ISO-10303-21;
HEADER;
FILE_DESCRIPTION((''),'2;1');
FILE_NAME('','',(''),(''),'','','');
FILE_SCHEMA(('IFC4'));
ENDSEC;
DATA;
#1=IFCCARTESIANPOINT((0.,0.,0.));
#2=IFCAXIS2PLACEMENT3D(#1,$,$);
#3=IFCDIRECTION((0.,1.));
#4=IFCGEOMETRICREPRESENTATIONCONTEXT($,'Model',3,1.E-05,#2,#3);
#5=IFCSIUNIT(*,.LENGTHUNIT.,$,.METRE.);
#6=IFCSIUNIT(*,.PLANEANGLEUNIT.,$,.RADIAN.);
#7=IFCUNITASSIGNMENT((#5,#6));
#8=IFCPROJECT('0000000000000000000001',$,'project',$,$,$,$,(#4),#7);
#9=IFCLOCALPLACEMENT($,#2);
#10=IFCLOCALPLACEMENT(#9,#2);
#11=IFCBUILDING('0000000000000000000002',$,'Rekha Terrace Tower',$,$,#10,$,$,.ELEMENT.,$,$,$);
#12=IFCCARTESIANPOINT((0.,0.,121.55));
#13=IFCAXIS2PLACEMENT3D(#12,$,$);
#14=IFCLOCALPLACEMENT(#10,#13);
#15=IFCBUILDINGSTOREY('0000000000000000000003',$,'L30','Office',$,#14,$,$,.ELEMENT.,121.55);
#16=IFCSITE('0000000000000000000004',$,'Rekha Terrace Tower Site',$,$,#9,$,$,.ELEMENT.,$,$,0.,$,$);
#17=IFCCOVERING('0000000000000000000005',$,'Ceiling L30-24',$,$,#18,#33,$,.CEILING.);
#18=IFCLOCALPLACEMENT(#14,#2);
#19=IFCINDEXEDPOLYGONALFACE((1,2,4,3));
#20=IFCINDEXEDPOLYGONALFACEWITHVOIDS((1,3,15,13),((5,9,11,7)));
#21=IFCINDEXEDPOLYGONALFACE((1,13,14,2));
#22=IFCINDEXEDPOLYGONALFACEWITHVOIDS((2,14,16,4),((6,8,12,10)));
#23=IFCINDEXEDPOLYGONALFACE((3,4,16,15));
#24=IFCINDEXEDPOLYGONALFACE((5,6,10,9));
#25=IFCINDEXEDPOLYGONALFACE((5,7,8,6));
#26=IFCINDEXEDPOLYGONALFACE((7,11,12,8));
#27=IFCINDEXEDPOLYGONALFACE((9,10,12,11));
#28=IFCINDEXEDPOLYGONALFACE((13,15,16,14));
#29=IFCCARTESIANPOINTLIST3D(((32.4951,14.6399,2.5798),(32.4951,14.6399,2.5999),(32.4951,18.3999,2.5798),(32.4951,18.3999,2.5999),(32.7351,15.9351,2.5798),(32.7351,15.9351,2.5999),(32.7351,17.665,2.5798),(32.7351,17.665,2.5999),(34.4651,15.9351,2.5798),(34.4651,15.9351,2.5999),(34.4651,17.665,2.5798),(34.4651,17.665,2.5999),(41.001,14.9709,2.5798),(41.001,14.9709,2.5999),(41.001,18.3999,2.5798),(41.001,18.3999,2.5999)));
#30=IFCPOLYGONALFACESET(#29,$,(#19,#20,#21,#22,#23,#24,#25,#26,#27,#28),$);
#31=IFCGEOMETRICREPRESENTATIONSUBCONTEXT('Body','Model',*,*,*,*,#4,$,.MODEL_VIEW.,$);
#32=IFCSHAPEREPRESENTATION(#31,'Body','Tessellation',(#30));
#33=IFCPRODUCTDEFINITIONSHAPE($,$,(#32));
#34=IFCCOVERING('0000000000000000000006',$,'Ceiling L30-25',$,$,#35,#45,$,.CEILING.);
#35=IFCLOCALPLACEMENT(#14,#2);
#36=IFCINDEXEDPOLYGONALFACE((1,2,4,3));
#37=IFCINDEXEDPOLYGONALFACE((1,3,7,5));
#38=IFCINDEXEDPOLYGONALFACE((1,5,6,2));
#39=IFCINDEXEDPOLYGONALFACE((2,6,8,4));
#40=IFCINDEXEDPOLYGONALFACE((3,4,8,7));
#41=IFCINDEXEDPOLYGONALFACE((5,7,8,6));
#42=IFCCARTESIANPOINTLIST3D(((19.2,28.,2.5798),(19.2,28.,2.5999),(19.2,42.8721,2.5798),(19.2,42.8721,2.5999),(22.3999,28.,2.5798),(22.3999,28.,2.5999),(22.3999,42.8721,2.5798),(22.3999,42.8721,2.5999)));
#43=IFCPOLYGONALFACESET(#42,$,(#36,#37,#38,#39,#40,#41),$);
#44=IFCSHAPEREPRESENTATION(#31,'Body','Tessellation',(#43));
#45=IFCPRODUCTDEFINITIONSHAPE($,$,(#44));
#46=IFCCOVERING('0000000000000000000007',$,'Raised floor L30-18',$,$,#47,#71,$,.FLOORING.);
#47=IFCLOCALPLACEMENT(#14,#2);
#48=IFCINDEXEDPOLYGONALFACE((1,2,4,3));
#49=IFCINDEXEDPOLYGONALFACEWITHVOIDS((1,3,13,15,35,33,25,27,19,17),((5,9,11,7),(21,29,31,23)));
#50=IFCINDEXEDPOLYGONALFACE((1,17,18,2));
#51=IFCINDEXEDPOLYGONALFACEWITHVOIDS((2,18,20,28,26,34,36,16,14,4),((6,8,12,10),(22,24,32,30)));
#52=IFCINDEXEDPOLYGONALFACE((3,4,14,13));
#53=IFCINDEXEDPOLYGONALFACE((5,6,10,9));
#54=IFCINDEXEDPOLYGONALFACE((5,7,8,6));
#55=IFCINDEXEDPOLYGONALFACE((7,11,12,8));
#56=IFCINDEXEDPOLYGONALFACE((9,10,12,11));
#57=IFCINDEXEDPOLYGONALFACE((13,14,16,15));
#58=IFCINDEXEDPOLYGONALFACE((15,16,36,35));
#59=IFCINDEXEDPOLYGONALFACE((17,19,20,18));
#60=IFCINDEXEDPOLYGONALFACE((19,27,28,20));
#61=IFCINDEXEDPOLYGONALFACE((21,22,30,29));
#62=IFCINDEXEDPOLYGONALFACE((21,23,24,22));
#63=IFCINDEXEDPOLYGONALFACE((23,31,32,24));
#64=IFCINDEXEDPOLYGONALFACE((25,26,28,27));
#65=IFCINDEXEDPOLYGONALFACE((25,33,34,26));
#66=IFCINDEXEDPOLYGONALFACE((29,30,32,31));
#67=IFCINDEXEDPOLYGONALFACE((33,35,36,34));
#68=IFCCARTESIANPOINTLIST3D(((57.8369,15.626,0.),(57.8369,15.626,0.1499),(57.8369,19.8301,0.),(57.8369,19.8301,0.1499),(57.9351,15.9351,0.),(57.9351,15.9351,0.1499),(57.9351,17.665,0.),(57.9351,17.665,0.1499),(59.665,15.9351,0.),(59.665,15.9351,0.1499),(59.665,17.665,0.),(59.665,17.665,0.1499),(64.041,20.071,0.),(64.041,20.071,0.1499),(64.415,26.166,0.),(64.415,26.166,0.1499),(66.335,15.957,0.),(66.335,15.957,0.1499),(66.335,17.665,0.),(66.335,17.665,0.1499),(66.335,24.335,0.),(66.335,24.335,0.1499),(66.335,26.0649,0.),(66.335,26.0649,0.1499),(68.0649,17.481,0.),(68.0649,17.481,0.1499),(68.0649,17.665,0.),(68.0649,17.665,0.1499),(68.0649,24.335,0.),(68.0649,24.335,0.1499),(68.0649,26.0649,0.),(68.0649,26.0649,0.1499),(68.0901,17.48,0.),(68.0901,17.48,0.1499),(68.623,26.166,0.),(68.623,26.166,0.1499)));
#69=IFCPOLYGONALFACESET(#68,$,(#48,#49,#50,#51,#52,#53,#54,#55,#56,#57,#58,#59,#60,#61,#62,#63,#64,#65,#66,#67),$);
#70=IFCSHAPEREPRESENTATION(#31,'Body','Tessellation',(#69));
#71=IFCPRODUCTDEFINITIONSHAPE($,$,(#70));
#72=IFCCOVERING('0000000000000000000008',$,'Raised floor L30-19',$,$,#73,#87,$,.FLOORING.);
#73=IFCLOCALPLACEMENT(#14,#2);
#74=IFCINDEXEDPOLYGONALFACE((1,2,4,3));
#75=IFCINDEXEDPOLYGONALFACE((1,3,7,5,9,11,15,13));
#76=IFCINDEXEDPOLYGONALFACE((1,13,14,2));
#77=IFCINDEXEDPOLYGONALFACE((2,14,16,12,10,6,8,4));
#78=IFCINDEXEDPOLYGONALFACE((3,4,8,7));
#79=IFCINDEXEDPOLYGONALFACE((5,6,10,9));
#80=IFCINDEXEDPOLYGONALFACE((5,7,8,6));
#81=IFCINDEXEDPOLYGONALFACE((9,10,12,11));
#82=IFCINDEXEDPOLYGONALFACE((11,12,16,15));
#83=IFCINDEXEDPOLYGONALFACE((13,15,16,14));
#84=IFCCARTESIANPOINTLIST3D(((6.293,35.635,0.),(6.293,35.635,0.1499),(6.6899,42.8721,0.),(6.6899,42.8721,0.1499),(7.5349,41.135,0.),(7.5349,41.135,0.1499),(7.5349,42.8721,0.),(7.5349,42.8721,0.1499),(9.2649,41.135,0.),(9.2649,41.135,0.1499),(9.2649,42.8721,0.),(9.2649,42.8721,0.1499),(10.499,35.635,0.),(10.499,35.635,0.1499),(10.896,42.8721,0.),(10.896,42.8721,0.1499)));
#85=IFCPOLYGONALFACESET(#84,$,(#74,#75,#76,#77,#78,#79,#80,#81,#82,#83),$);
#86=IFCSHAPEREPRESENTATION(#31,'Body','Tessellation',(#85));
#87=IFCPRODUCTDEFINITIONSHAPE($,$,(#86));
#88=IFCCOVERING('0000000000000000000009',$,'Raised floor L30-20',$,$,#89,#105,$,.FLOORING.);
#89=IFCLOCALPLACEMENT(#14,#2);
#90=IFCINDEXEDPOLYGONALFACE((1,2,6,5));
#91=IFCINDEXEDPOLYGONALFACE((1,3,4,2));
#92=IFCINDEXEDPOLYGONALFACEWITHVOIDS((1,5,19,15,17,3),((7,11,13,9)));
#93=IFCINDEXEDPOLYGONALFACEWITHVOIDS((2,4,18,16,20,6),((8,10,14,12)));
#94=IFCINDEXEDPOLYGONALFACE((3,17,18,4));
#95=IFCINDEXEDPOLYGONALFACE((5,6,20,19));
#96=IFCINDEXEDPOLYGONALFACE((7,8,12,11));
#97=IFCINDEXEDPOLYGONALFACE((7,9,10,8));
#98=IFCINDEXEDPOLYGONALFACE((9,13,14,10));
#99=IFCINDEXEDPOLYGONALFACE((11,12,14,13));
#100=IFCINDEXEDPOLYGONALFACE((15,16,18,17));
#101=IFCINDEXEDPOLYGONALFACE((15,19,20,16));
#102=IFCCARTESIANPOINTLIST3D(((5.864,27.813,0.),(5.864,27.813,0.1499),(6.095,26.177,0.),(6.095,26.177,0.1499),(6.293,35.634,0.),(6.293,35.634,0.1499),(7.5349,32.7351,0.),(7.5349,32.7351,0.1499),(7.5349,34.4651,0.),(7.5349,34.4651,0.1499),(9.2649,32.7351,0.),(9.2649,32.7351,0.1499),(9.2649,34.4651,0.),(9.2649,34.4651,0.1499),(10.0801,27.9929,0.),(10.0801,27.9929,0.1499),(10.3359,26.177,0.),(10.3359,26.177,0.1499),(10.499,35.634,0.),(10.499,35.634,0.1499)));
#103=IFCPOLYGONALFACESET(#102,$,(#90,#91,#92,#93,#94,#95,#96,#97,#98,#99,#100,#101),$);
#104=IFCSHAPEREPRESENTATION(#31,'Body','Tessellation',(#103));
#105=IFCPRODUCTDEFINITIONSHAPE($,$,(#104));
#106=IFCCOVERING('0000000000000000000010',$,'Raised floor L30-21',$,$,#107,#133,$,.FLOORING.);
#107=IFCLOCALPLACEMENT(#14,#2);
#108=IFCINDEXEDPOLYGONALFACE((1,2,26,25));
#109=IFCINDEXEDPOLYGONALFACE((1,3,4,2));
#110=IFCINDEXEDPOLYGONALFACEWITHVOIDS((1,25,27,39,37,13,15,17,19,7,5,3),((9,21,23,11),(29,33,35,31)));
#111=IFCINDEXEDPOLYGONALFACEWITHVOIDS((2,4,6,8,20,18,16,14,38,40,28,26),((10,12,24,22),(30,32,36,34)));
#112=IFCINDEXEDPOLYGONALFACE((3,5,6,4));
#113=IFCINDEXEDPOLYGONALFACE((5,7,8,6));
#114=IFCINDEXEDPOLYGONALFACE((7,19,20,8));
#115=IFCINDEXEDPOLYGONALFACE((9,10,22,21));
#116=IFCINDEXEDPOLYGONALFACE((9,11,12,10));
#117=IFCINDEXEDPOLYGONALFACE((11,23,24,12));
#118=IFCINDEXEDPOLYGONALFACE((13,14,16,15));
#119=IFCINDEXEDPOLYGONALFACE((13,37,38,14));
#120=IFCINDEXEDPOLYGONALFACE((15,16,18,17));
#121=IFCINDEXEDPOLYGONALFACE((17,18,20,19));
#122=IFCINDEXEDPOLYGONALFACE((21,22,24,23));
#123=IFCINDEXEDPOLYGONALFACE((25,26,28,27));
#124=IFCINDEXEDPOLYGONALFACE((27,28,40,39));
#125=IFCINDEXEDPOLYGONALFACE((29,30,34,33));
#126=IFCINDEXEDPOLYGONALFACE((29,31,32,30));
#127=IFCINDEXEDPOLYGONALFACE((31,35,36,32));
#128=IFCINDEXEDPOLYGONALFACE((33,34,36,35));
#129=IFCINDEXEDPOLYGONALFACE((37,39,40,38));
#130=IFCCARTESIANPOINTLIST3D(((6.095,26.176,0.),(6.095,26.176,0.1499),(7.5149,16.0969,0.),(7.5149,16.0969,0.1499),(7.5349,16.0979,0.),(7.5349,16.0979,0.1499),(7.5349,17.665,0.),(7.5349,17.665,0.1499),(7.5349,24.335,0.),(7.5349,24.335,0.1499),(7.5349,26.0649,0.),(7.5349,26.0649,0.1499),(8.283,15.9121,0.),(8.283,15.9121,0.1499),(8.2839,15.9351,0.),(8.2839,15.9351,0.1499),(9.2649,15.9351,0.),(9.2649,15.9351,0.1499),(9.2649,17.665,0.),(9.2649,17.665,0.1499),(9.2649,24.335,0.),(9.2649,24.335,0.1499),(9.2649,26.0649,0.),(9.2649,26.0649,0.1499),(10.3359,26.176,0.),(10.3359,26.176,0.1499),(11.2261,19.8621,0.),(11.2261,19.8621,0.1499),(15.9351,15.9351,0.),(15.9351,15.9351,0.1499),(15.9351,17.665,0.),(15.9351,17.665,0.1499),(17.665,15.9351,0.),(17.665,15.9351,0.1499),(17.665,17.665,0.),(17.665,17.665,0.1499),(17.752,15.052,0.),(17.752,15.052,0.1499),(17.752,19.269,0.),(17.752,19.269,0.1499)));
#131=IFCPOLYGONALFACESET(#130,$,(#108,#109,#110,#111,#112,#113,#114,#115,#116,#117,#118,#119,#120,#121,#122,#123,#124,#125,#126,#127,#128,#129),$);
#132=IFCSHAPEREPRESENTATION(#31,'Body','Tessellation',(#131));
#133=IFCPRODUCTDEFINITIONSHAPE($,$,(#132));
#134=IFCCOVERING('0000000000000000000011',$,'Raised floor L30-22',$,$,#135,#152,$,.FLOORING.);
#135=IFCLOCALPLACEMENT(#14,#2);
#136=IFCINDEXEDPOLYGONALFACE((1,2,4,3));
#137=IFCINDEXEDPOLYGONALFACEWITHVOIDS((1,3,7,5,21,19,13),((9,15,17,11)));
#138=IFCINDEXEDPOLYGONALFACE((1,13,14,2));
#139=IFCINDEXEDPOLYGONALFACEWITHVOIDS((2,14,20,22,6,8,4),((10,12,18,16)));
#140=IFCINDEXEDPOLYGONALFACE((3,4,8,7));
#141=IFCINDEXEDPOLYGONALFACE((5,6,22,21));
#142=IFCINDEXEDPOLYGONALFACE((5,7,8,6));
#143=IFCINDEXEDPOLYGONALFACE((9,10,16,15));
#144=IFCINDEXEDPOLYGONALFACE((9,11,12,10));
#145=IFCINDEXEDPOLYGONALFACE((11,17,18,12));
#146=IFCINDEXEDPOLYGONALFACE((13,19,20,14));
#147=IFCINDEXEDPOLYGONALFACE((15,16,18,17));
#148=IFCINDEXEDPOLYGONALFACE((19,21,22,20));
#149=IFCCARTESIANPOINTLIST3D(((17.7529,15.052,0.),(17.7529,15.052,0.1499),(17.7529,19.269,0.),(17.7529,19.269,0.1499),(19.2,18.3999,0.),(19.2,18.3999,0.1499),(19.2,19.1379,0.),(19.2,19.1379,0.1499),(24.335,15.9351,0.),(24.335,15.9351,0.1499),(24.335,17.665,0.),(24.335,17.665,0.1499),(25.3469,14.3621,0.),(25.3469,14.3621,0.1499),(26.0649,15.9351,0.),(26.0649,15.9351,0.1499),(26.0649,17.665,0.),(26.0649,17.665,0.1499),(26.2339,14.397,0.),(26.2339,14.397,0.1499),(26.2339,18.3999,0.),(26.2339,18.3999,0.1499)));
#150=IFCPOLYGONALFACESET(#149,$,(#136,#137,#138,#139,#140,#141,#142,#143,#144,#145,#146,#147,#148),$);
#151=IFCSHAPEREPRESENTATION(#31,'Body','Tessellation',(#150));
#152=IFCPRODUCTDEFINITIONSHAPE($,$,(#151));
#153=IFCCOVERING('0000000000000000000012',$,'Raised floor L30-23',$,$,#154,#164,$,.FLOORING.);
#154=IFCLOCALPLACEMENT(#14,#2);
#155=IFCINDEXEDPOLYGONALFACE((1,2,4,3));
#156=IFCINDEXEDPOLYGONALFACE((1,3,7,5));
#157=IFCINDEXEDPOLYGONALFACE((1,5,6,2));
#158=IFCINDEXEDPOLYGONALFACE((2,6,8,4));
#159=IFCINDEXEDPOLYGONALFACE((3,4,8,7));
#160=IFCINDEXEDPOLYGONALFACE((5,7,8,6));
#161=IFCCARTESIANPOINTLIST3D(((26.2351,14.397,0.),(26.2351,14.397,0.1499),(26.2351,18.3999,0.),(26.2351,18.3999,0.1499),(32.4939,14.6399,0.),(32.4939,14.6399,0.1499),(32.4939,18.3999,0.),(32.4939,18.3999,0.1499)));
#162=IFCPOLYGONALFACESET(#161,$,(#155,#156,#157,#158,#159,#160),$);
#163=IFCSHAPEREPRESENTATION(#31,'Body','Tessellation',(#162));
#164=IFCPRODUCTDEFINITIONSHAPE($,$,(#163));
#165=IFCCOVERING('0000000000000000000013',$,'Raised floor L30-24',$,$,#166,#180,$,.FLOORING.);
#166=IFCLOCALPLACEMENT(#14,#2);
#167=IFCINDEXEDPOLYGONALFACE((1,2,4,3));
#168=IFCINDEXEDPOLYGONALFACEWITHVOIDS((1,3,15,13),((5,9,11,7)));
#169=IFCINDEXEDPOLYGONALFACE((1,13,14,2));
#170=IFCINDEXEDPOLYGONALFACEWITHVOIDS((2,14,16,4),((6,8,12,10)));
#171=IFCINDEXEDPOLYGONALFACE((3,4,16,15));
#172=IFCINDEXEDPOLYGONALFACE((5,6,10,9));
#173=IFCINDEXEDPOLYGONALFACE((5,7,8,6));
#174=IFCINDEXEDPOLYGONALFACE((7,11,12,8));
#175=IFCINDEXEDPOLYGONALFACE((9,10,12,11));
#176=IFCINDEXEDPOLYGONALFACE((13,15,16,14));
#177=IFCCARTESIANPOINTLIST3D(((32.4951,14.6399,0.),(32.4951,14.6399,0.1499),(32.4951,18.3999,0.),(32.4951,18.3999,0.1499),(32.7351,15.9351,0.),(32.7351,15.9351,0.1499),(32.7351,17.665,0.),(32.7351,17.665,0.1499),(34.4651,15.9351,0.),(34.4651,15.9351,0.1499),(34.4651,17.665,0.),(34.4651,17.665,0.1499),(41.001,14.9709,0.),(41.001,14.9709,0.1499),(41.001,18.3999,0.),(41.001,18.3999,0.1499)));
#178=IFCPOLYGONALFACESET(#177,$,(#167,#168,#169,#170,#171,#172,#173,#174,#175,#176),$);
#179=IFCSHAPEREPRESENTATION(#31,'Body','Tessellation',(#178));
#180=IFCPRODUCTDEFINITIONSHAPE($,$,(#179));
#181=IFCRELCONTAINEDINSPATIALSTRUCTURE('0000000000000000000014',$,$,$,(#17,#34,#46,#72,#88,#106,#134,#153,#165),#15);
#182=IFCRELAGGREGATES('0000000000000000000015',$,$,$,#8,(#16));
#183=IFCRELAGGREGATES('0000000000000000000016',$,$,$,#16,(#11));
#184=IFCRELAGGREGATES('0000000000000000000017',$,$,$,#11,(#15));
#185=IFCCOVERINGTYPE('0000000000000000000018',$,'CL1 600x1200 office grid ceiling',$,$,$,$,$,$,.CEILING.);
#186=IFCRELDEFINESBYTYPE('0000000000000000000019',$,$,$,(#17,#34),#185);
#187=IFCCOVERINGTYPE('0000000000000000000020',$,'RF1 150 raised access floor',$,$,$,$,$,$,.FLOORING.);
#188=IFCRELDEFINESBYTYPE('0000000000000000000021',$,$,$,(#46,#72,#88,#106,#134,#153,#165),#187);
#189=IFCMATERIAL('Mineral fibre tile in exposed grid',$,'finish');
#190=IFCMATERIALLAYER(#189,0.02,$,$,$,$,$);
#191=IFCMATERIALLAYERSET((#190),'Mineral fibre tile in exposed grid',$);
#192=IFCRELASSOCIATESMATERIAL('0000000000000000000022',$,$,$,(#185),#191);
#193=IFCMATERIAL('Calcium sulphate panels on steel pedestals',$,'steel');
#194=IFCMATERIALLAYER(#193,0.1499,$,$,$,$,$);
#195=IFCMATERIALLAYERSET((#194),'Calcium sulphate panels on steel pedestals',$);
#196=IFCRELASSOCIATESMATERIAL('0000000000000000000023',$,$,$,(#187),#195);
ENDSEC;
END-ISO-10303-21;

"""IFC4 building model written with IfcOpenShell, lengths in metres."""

from ifc_helpers import new_model, si_unit, direction, frame, origin, place, context, subcontext, project, spatial, polyline, outline, extrude, material, layer, layer_set, type_object, element, save


model = new_model("IFC4")

# Units and contexts
model_context = context("Model", 3, precision=1e-05, world=origin(), true_north=direction((0.0, 1.0)))
body_context = subcontext(model_context, "Body", "Model", "MODEL_VIEW")
ifc_project = project(units=[si_unit("LENGTHUNIT", "METRE"), si_unit("PLANEANGLEUNIT", "RADIAN")], contexts=[model_context])

# Site, building, storey
site_placement = place(None, origin())
site = spatial("IfcSite", under=ifc_project, at=site_placement, Name="Rekha Terrace Tower Site", CompositionType="ELEMENT", RefElevation=0.0)
building_placement = place(site_placement, origin())
building = spatial("IfcBuilding", under=site, at=building_placement, Name="Rekha Terrace Tower", CompositionType="ELEMENT")
storey_placement = place(building_placement, frame((0.0, 0.0, 121.55)))
storey = spatial("IfcBuildingStorey", under=building, at=storey_placement, Name="L30", Description="Office", CompositionType="ELEMENT", Elevation=121.55)

# Coverings
ifc_material_1 = material(Name="Mineral fibre tile in exposed grid", Category="finish")
ifc_layer_1 = layer(ifc_material_1, 0.02)
ifc_layer_set_1 = layer_set([ifc_layer_1], Name="Mineral fibre tile in exposed grid")
covering_type_1 = type_object("IfcCoveringType", Name="CL1 600x1200 office grid ceiling", PredefinedType="CEILING", material=ifc_layer_set_1)
covering_1_placement = place(storey_placement, frame((0.0, 0.0, 2.5798)))
element("IfcCovering", 1, at=covering_1_placement, inside=storey, type_object=covering_type_1, Name="Ceiling L30-24", PredefinedType="CEILING", context=body_context, shape_type="SweptSolid", body=[
    extrude(outline(polyline([(32.4951, 18.3999), (32.4951, 14.6399), (41.001, 14.9709), (41.001, 18.3999), (32.4951, 18.3999)]), holes=[polyline([(34.4651, 15.9351), (32.7351, 15.9351), (32.7351, 17.665), (34.4651, 17.665), (34.4651, 15.9351)])]), origin(), (0.0, 0.0, 1.0), 0.02),
])
covering_2_placement = place(storey_placement, frame((0.0, 0.0, 2.5798)))
element("IfcCovering", 2, at=covering_2_placement, inside=storey, type_object=covering_type_1, Name="Ceiling L30-25", PredefinedType="CEILING", context=body_context, shape_type="SweptSolid", body=[
    extrude(outline(polyline([(19.2, 42.8721), (19.2, 28.0), (22.3999, 28.0), (22.3999, 42.8721), (19.2, 42.8721)])), origin(), (0.0, 0.0, 1.0), 0.02),
])
ifc_material_2 = material(Name="Calcium sulphate panels on steel pedestals", Category="steel")
ifc_layer_2 = layer(ifc_material_2, 0.1499)
ifc_layer_set_2 = layer_set([ifc_layer_2], Name="Calcium sulphate panels on steel pedestals")
covering_type_2 = type_object("IfcCoveringType", Name="RF1 150 raised access floor", PredefinedType="FLOORING", material=ifc_layer_set_2)
covering_3_placement = place(storey_placement, origin())
element("IfcCovering", 3, at=covering_3_placement, inside=storey, type_object=covering_type_2, Name="Raised floor L30-18", PredefinedType="FLOORING", context=body_context, shape_type="SweptSolid", body=[
    extrude(outline(polyline([(68.0901, 17.48), (68.623, 26.166), (64.415, 26.166), (64.041, 20.071), (57.8369, 19.8301), (57.8369, 15.626), (66.335, 15.957), (66.335, 17.665), (68.0649, 17.665), (68.0649, 17.481), (68.0901, 17.48)]), holes=[polyline([(68.0649, 24.335), (66.335, 24.335), (66.335, 26.0649), (68.0649, 26.0649), (68.0649, 24.335)]), polyline([(59.665, 15.9351), (57.9351, 15.9351), (57.9351, 17.665), (59.665, 17.665), (59.665, 15.9351)])]), origin(), (0.0, 0.0, 1.0), 0.1499),
])
covering_4_placement = place(storey_placement, origin())
element("IfcCovering", 4, at=covering_4_placement, inside=storey, type_object=covering_type_2, Name="Raised floor L30-19", PredefinedType="FLOORING", context=body_context, shape_type="SweptSolid", body=[
    extrude(outline(polyline([(9.2649, 41.135), (7.5349, 41.135), (7.5349, 42.8721), (6.6899, 42.8721), (6.293, 35.635), (10.499, 35.635), (10.896, 42.8721), (9.2649, 42.8721), (9.2649, 41.135)])), origin(), (0.0, 0.0, 1.0), 0.1499),
])
covering_5_placement = place(storey_placement, origin())
element("IfcCovering", 5, at=covering_5_placement, inside=storey, type_object=covering_type_2, Name="Raised floor L30-20", PredefinedType="FLOORING", context=body_context, shape_type="SweptSolid", body=[
    extrude(outline(polyline([(10.0801, 27.9929), (10.499, 35.634), (6.293, 35.634), (5.864, 27.813), (6.095, 26.177), (10.3359, 26.177), (10.0801, 27.9929)]), holes=[polyline([(9.2649, 32.7351), (7.5349, 32.7351), (7.5349, 34.4651), (9.2649, 34.4651), (9.2649, 32.7351)])]), origin(), (0.0, 0.0, 1.0), 0.1499),
])
covering_6_placement = place(storey_placement, origin())
element("IfcCovering", 6, at=covering_6_placement, inside=storey, type_object=covering_type_2, Name="Raised floor L30-21", PredefinedType="FLOORING", context=body_context, shape_type="SweptSolid", body=[
    extrude(outline(polyline([(7.5149, 16.0969), (7.5349, 16.0979), (7.5349, 17.665), (9.2649, 17.665), (9.2649, 15.9351), (8.2839, 15.9351), (8.283, 15.9121), (17.752, 15.052), (17.752, 19.269), (11.2261, 19.8621), (10.3359, 26.176), (6.095, 26.176), (7.5149, 16.0969)]), holes=[polyline([(17.665, 15.9351), (15.9351, 15.9351), (15.9351, 17.665), (17.665, 17.665), (17.665, 15.9351)]), polyline([(9.2649, 24.335), (7.5349, 24.335), (7.5349, 26.0649), (9.2649, 26.0649), (9.2649, 24.335)])]), origin(), (0.0, 0.0, 1.0), 0.1499),
])
covering_7_placement = place(storey_placement, origin())
element("IfcCovering", 7, at=covering_7_placement, inside=storey, type_object=covering_type_2, Name="Raised floor L30-22", PredefinedType="FLOORING", context=body_context, shape_type="SweptSolid", body=[
    extrude(outline(polyline([(19.2, 18.3999), (19.2, 19.1379), (17.7529, 19.269), (17.7529, 15.052), (25.3469, 14.3621), (26.2339, 14.397), (26.2339, 18.3999), (19.2, 18.3999)]), holes=[polyline([(26.0649, 17.665), (26.0649, 15.9351), (24.335, 15.9351), (24.335, 17.665), (26.0649, 17.665)])]), origin(), (0.0, 0.0, 1.0), 0.1499),
])
covering_8_placement = place(storey_placement, origin())
element("IfcCovering", 8, at=covering_8_placement, inside=storey, type_object=covering_type_2, Name="Raised floor L30-23", PredefinedType="FLOORING", context=body_context, shape_type="SweptSolid", body=[
    extrude(outline(polyline([(26.2351, 18.3999), (26.2351, 14.397), (32.4939, 14.6399), (32.4939, 18.3999), (26.2351, 18.3999)])), origin(), (0.0, 0.0, 1.0), 0.1499),
])
covering_9_placement = place(storey_placement, origin())
element("IfcCovering", 9, at=covering_9_placement, inside=storey, type_object=covering_type_2, Name="Raised floor L30-24", PredefinedType="FLOORING", context=body_context, shape_type="SweptSolid", body=[
    extrude(outline(polyline([(32.4951, 18.3999), (32.4951, 14.6399), (41.001, 14.9709), (41.001, 18.3999), (32.4951, 18.3999)]), holes=[polyline([(34.4651, 15.9351), (32.7351, 15.9351), (32.7351, 17.665), (34.4651, 17.665), (34.4651, 15.9351)])]), origin(), (0.0, 0.0, 1.0), 0.1499),
])

save(model, "model.ifc")
